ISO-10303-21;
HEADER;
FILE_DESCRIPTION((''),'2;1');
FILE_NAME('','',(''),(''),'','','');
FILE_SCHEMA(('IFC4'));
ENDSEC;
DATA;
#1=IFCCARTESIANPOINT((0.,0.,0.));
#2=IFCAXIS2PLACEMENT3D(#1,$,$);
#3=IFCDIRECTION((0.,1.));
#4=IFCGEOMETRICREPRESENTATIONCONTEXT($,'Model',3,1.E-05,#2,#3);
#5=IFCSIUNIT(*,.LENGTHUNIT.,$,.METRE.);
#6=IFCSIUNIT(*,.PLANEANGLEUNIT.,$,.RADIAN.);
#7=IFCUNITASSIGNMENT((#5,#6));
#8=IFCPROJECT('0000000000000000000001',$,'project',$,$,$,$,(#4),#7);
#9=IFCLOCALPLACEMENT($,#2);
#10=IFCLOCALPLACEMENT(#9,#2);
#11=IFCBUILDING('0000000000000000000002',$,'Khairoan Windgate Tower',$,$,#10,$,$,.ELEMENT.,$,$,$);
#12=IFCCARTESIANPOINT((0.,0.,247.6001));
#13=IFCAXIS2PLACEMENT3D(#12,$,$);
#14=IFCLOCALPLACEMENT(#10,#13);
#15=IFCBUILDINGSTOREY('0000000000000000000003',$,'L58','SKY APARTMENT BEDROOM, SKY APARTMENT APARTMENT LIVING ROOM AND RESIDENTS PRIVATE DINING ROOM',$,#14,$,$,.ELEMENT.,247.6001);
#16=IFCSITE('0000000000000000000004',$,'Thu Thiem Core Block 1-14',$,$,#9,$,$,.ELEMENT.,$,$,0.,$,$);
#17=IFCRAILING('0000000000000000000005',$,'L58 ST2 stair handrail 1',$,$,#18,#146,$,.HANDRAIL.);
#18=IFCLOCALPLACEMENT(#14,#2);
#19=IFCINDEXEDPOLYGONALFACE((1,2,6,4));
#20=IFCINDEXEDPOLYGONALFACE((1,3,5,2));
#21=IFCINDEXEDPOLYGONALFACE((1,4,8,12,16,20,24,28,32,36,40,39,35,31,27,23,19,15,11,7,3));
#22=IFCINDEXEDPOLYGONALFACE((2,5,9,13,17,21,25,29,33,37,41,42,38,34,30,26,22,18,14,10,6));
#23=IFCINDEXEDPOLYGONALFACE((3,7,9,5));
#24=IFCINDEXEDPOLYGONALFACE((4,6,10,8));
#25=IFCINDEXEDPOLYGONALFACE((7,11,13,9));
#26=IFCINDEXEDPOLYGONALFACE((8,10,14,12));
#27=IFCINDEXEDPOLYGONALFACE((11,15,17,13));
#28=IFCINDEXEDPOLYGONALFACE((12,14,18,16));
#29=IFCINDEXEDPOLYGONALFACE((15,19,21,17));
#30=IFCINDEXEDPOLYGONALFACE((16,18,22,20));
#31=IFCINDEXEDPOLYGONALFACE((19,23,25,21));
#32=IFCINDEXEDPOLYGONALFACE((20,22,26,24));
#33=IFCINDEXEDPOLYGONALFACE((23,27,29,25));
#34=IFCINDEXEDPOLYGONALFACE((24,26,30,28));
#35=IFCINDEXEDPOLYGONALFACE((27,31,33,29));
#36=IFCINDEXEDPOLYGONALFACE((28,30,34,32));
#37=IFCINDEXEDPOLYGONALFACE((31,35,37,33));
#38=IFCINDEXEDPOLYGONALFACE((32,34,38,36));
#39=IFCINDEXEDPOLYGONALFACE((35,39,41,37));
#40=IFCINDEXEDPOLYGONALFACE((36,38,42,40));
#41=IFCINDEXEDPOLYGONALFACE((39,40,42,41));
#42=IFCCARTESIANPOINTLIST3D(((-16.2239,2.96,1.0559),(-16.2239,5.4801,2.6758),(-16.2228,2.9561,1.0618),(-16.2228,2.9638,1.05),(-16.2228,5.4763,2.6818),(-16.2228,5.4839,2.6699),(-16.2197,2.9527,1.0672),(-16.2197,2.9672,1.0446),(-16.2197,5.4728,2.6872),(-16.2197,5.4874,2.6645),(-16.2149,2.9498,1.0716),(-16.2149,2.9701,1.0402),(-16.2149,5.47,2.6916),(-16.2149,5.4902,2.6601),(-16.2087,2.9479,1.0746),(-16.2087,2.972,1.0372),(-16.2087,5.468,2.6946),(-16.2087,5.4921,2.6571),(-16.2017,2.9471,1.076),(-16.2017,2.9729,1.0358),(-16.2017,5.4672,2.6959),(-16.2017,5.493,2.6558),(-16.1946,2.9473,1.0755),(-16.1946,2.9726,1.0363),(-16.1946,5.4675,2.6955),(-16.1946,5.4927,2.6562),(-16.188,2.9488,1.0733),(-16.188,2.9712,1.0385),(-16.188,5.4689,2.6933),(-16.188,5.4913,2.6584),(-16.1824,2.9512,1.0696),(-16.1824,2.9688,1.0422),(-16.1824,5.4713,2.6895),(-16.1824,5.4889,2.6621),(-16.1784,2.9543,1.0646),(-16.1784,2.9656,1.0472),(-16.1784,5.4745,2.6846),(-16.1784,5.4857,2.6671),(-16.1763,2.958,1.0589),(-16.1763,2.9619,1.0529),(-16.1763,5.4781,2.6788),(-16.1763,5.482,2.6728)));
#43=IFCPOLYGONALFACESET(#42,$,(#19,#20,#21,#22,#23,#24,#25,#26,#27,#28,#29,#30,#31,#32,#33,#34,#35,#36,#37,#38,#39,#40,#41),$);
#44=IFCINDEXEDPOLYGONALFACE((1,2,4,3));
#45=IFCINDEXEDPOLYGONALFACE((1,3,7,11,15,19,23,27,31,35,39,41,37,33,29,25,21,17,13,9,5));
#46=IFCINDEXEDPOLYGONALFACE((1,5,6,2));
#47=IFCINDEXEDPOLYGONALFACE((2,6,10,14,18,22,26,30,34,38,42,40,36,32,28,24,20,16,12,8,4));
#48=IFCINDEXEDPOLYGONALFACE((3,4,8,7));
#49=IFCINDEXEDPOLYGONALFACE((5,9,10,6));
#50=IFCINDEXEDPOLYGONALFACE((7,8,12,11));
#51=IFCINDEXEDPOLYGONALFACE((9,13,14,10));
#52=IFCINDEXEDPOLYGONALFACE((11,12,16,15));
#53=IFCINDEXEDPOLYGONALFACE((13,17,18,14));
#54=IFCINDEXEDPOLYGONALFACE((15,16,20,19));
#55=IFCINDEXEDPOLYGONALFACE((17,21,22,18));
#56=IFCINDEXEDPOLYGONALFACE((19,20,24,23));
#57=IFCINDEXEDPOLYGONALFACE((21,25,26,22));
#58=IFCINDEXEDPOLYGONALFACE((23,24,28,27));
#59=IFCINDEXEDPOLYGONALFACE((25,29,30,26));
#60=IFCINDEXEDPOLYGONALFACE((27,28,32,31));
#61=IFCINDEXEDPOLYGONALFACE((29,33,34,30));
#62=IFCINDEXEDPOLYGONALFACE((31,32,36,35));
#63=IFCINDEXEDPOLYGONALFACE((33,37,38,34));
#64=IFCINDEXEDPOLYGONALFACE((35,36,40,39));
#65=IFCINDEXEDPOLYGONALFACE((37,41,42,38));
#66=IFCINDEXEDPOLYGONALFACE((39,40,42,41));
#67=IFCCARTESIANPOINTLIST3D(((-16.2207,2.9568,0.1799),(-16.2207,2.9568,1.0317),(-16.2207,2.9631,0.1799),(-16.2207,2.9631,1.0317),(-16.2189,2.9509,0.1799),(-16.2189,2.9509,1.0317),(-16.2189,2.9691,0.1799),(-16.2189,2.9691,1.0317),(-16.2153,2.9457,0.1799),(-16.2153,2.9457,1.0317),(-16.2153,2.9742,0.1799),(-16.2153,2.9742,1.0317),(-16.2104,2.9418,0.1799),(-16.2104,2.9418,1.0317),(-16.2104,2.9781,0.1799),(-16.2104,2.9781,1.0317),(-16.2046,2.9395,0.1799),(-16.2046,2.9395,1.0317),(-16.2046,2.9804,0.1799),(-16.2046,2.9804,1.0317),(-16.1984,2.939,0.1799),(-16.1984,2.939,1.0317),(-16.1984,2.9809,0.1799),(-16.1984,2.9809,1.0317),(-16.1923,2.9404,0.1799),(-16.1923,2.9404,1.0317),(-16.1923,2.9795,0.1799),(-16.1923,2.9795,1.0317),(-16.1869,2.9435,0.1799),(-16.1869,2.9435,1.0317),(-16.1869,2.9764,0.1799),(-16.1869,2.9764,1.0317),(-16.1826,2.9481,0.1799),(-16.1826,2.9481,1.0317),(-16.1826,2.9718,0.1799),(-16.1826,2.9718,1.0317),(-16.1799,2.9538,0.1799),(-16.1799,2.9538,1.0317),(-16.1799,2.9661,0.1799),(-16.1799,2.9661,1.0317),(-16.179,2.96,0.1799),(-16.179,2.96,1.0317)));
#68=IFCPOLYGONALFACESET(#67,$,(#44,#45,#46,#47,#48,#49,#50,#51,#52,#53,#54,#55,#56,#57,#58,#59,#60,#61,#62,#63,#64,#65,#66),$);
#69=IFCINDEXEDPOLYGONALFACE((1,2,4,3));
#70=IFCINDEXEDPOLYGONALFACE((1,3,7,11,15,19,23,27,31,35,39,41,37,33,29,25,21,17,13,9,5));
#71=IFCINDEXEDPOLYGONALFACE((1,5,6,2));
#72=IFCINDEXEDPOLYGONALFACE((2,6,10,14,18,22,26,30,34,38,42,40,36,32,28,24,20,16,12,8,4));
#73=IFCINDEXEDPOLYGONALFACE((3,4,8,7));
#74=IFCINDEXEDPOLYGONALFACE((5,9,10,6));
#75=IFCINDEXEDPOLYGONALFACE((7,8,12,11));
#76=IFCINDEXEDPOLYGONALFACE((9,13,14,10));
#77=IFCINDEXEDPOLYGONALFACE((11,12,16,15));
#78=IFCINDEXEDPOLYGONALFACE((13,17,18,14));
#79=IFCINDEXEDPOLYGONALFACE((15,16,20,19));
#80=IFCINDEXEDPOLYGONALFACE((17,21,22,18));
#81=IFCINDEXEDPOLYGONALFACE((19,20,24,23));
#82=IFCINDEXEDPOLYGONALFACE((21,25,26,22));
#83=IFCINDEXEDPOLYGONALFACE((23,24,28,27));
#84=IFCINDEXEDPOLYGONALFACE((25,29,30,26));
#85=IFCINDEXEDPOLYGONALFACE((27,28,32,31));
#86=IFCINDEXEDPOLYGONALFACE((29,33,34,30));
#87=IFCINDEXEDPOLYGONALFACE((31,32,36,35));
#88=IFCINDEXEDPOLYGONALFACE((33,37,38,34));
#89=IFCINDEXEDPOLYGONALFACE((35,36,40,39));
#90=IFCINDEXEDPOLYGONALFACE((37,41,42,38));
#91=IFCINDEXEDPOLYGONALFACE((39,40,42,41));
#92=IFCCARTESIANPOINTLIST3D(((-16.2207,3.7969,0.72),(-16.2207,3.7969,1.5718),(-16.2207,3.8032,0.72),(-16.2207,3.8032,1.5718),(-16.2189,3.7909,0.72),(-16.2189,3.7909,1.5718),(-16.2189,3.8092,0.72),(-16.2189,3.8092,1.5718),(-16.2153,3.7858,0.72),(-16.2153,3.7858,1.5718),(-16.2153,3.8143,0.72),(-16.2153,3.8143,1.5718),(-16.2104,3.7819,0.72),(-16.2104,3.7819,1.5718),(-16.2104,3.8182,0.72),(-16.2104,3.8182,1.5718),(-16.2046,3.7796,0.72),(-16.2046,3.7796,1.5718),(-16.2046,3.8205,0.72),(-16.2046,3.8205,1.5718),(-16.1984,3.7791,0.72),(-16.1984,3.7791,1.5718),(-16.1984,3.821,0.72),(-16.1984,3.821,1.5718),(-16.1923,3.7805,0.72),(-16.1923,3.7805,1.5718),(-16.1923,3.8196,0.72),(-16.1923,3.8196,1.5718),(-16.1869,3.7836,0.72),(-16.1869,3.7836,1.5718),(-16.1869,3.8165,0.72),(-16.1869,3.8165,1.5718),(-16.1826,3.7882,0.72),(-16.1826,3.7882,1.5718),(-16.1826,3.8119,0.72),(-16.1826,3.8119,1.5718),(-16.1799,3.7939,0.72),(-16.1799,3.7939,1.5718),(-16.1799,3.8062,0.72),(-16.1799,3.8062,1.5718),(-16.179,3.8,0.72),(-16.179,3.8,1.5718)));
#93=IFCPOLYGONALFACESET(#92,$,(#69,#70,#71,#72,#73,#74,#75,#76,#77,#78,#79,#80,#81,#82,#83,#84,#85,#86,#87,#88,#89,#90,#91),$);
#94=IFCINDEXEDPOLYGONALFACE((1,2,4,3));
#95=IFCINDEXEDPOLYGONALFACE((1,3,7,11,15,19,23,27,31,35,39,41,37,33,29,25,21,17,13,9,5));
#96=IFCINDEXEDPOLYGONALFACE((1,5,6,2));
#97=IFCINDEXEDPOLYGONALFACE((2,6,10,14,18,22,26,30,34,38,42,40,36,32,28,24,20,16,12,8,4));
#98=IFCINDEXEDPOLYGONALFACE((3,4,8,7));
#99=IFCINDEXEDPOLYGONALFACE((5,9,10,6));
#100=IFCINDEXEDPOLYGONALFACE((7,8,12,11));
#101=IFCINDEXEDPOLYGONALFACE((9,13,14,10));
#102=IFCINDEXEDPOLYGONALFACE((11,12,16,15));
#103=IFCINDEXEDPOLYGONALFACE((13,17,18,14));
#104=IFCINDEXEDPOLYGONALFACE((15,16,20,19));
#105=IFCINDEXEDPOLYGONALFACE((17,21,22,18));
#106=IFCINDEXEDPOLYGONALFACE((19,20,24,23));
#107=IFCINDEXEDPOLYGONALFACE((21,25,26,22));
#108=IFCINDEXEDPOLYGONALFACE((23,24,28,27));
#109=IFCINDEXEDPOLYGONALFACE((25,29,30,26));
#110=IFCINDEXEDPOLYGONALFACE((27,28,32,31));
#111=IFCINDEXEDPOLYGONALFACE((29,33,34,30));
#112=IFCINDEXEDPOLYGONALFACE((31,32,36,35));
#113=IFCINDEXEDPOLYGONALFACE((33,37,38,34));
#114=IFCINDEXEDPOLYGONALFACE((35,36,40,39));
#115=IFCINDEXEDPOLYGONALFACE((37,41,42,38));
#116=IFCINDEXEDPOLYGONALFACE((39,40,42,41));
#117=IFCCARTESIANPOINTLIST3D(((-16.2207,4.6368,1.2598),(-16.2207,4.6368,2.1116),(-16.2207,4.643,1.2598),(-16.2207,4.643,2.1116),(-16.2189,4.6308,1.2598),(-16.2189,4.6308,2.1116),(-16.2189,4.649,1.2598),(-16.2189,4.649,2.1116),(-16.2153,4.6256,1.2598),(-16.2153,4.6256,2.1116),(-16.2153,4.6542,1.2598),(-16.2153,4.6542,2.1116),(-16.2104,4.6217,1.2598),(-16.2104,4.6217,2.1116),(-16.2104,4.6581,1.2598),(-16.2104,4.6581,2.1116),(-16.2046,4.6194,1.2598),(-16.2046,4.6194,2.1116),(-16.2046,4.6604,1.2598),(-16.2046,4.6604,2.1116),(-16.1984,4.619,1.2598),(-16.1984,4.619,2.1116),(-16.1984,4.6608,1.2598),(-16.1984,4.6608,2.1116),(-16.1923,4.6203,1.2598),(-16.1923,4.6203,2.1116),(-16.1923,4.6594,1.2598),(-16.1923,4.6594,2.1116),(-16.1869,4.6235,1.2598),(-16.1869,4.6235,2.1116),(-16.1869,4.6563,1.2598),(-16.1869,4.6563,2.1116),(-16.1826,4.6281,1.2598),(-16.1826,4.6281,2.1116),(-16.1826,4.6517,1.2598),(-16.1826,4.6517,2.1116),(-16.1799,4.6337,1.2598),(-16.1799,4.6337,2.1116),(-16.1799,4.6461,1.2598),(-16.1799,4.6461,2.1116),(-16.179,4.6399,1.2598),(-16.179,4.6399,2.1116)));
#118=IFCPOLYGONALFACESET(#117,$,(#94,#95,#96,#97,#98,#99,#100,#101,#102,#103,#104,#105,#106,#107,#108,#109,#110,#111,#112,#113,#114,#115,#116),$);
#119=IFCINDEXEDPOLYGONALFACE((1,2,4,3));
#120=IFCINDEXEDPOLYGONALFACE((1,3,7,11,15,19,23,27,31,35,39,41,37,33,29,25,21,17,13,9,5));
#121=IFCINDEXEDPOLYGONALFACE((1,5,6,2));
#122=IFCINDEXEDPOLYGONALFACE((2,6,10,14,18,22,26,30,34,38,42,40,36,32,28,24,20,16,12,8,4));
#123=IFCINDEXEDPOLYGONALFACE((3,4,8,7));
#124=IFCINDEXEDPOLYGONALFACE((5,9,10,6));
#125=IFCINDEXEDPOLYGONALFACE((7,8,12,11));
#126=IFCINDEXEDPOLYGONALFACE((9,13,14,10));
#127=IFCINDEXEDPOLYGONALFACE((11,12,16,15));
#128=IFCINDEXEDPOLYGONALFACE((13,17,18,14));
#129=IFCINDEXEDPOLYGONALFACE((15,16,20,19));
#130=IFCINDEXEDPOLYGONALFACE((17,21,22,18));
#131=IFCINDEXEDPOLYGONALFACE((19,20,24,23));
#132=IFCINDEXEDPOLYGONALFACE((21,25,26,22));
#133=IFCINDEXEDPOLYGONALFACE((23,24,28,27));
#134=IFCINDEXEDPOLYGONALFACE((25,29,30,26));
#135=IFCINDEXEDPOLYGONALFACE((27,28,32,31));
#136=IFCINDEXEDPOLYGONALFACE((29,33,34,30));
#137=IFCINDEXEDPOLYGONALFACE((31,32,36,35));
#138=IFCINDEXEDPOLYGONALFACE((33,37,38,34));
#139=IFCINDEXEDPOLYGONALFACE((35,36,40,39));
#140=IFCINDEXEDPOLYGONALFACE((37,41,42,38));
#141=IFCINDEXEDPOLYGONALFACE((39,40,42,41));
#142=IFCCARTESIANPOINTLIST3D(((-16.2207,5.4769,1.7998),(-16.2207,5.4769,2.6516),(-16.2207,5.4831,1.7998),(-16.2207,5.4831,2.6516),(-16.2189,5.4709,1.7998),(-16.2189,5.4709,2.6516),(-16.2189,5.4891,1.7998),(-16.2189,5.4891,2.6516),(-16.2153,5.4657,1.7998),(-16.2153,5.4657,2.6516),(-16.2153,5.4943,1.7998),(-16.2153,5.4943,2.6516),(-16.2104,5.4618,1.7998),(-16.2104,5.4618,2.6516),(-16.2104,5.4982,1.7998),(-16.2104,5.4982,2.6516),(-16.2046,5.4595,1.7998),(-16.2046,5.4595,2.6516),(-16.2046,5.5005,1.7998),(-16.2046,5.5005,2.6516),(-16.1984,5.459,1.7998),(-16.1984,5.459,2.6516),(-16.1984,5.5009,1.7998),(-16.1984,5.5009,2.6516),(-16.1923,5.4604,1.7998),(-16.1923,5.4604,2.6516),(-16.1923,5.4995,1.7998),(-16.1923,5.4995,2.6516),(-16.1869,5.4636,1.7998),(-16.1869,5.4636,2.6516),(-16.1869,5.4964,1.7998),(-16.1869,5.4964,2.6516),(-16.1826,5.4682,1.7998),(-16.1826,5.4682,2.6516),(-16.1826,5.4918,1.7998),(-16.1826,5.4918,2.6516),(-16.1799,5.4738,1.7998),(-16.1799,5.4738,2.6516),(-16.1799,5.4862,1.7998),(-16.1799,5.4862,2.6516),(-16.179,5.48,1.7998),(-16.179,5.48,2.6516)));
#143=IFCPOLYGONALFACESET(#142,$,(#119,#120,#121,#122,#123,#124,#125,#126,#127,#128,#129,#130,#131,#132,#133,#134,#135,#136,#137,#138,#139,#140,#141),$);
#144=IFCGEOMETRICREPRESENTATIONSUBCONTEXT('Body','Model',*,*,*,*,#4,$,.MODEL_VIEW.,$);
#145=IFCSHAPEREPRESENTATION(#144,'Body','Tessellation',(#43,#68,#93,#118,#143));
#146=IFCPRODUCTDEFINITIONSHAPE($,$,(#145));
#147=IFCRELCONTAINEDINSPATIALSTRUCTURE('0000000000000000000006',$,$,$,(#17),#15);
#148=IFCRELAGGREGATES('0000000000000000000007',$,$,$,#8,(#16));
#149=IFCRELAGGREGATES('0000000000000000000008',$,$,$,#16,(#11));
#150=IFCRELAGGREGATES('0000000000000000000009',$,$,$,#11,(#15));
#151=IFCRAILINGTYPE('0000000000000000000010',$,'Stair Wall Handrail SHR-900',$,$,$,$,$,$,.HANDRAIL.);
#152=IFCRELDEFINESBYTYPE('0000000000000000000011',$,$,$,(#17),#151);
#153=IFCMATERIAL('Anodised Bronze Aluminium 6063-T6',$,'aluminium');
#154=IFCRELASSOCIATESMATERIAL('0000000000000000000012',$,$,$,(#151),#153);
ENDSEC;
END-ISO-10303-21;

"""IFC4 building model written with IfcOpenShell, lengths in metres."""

from ifc_helpers import new_model, si_unit, direction, frame, origin, origin_2d, place, context, subcontext, project, spatial, circle, extrude, material, type_object, element, save


model = new_model("IFC4")

# Units and contexts
model_context = context("Model", 3, precision=1e-05, world=origin(), true_north=direction((0.0, 1.0)))
body_context = subcontext(model_context, "Body", "Model", "MODEL_VIEW")
ifc_project = project(units=[si_unit("LENGTHUNIT", "METRE"), si_unit("PLANEANGLEUNIT", "RADIAN")], contexts=[model_context])

# Site, building, storey
site_placement = place(None, origin())
site = spatial("IfcSite", under=ifc_project, at=site_placement, Name="Thu Thiem Core Block 1-14", CompositionType="ELEMENT", RefElevation=0.0)
building_placement = place(site_placement, origin())
building = spatial("IfcBuilding", under=site, at=building_placement, Name="Khairoan Windgate Tower", CompositionType="ELEMENT")
storey_placement = place(building_placement, frame((0.0, 0.0, 247.6001)))
storey = spatial("IfcBuildingStorey", under=building, at=storey_placement, Name="L58", Description="SKY APARTMENT BEDROOM, SKY APARTMENT APARTMENT LIVING ROOM AND RESIDENTS PRIVATE DINING ROOM", CompositionType="ELEMENT", Elevation=247.6001)

# Railing
ifc_material_1 = material(Name="Anodised Bronze Aluminium 6063-T6", Category="aluminium")
railing_type_1 = type_object("IfcRailingType", Name="Stair Wall Handrail SHR-900", PredefinedType="HANDRAIL", material=ifc_material_1)
railing_1_placement = place(storey_placement, frame((-16.2, 2.96, 0.1799)))
element("IfcRailing", 1, at=railing_1_placement, inside=storey, type_object=railing_type_1, Name="L58 ST2 stair handrail 1", PredefinedType="HANDRAIL", context=body_context, shape_type="SweptSolid", body=[
    extrude(circle(Radius=0.0239, at=origin_2d()), frame((0.0, 0.0, 0.876), z_axis=(0.0, 0.8412, 0.540725), x_axis=(-1.0, 0.0, 0.0)), (0.0, 0.0, 1.0), 2.9958),
    extrude(circle(Radius=0.021, at=origin_2d()), origin(), (0.0, 0.0, 1.0), 0.8518),
    extrude(circle(Radius=0.021, at=origin_2d()), frame((0.0, 0.8401, 0.54)), (0.0, 0.0, 1.0), 0.8518),
    extrude(circle(Radius=0.021, at=origin_2d()), frame((0.0, 1.6799, 1.0798)), (0.0, 0.0, 1.0), 0.8518),
    extrude(circle(Radius=0.021, at=origin_2d()), frame((0.0, 2.52, 1.6199)), (0.0, 0.0, 1.0), 0.8518),
])

save(model, "model.ifc")
